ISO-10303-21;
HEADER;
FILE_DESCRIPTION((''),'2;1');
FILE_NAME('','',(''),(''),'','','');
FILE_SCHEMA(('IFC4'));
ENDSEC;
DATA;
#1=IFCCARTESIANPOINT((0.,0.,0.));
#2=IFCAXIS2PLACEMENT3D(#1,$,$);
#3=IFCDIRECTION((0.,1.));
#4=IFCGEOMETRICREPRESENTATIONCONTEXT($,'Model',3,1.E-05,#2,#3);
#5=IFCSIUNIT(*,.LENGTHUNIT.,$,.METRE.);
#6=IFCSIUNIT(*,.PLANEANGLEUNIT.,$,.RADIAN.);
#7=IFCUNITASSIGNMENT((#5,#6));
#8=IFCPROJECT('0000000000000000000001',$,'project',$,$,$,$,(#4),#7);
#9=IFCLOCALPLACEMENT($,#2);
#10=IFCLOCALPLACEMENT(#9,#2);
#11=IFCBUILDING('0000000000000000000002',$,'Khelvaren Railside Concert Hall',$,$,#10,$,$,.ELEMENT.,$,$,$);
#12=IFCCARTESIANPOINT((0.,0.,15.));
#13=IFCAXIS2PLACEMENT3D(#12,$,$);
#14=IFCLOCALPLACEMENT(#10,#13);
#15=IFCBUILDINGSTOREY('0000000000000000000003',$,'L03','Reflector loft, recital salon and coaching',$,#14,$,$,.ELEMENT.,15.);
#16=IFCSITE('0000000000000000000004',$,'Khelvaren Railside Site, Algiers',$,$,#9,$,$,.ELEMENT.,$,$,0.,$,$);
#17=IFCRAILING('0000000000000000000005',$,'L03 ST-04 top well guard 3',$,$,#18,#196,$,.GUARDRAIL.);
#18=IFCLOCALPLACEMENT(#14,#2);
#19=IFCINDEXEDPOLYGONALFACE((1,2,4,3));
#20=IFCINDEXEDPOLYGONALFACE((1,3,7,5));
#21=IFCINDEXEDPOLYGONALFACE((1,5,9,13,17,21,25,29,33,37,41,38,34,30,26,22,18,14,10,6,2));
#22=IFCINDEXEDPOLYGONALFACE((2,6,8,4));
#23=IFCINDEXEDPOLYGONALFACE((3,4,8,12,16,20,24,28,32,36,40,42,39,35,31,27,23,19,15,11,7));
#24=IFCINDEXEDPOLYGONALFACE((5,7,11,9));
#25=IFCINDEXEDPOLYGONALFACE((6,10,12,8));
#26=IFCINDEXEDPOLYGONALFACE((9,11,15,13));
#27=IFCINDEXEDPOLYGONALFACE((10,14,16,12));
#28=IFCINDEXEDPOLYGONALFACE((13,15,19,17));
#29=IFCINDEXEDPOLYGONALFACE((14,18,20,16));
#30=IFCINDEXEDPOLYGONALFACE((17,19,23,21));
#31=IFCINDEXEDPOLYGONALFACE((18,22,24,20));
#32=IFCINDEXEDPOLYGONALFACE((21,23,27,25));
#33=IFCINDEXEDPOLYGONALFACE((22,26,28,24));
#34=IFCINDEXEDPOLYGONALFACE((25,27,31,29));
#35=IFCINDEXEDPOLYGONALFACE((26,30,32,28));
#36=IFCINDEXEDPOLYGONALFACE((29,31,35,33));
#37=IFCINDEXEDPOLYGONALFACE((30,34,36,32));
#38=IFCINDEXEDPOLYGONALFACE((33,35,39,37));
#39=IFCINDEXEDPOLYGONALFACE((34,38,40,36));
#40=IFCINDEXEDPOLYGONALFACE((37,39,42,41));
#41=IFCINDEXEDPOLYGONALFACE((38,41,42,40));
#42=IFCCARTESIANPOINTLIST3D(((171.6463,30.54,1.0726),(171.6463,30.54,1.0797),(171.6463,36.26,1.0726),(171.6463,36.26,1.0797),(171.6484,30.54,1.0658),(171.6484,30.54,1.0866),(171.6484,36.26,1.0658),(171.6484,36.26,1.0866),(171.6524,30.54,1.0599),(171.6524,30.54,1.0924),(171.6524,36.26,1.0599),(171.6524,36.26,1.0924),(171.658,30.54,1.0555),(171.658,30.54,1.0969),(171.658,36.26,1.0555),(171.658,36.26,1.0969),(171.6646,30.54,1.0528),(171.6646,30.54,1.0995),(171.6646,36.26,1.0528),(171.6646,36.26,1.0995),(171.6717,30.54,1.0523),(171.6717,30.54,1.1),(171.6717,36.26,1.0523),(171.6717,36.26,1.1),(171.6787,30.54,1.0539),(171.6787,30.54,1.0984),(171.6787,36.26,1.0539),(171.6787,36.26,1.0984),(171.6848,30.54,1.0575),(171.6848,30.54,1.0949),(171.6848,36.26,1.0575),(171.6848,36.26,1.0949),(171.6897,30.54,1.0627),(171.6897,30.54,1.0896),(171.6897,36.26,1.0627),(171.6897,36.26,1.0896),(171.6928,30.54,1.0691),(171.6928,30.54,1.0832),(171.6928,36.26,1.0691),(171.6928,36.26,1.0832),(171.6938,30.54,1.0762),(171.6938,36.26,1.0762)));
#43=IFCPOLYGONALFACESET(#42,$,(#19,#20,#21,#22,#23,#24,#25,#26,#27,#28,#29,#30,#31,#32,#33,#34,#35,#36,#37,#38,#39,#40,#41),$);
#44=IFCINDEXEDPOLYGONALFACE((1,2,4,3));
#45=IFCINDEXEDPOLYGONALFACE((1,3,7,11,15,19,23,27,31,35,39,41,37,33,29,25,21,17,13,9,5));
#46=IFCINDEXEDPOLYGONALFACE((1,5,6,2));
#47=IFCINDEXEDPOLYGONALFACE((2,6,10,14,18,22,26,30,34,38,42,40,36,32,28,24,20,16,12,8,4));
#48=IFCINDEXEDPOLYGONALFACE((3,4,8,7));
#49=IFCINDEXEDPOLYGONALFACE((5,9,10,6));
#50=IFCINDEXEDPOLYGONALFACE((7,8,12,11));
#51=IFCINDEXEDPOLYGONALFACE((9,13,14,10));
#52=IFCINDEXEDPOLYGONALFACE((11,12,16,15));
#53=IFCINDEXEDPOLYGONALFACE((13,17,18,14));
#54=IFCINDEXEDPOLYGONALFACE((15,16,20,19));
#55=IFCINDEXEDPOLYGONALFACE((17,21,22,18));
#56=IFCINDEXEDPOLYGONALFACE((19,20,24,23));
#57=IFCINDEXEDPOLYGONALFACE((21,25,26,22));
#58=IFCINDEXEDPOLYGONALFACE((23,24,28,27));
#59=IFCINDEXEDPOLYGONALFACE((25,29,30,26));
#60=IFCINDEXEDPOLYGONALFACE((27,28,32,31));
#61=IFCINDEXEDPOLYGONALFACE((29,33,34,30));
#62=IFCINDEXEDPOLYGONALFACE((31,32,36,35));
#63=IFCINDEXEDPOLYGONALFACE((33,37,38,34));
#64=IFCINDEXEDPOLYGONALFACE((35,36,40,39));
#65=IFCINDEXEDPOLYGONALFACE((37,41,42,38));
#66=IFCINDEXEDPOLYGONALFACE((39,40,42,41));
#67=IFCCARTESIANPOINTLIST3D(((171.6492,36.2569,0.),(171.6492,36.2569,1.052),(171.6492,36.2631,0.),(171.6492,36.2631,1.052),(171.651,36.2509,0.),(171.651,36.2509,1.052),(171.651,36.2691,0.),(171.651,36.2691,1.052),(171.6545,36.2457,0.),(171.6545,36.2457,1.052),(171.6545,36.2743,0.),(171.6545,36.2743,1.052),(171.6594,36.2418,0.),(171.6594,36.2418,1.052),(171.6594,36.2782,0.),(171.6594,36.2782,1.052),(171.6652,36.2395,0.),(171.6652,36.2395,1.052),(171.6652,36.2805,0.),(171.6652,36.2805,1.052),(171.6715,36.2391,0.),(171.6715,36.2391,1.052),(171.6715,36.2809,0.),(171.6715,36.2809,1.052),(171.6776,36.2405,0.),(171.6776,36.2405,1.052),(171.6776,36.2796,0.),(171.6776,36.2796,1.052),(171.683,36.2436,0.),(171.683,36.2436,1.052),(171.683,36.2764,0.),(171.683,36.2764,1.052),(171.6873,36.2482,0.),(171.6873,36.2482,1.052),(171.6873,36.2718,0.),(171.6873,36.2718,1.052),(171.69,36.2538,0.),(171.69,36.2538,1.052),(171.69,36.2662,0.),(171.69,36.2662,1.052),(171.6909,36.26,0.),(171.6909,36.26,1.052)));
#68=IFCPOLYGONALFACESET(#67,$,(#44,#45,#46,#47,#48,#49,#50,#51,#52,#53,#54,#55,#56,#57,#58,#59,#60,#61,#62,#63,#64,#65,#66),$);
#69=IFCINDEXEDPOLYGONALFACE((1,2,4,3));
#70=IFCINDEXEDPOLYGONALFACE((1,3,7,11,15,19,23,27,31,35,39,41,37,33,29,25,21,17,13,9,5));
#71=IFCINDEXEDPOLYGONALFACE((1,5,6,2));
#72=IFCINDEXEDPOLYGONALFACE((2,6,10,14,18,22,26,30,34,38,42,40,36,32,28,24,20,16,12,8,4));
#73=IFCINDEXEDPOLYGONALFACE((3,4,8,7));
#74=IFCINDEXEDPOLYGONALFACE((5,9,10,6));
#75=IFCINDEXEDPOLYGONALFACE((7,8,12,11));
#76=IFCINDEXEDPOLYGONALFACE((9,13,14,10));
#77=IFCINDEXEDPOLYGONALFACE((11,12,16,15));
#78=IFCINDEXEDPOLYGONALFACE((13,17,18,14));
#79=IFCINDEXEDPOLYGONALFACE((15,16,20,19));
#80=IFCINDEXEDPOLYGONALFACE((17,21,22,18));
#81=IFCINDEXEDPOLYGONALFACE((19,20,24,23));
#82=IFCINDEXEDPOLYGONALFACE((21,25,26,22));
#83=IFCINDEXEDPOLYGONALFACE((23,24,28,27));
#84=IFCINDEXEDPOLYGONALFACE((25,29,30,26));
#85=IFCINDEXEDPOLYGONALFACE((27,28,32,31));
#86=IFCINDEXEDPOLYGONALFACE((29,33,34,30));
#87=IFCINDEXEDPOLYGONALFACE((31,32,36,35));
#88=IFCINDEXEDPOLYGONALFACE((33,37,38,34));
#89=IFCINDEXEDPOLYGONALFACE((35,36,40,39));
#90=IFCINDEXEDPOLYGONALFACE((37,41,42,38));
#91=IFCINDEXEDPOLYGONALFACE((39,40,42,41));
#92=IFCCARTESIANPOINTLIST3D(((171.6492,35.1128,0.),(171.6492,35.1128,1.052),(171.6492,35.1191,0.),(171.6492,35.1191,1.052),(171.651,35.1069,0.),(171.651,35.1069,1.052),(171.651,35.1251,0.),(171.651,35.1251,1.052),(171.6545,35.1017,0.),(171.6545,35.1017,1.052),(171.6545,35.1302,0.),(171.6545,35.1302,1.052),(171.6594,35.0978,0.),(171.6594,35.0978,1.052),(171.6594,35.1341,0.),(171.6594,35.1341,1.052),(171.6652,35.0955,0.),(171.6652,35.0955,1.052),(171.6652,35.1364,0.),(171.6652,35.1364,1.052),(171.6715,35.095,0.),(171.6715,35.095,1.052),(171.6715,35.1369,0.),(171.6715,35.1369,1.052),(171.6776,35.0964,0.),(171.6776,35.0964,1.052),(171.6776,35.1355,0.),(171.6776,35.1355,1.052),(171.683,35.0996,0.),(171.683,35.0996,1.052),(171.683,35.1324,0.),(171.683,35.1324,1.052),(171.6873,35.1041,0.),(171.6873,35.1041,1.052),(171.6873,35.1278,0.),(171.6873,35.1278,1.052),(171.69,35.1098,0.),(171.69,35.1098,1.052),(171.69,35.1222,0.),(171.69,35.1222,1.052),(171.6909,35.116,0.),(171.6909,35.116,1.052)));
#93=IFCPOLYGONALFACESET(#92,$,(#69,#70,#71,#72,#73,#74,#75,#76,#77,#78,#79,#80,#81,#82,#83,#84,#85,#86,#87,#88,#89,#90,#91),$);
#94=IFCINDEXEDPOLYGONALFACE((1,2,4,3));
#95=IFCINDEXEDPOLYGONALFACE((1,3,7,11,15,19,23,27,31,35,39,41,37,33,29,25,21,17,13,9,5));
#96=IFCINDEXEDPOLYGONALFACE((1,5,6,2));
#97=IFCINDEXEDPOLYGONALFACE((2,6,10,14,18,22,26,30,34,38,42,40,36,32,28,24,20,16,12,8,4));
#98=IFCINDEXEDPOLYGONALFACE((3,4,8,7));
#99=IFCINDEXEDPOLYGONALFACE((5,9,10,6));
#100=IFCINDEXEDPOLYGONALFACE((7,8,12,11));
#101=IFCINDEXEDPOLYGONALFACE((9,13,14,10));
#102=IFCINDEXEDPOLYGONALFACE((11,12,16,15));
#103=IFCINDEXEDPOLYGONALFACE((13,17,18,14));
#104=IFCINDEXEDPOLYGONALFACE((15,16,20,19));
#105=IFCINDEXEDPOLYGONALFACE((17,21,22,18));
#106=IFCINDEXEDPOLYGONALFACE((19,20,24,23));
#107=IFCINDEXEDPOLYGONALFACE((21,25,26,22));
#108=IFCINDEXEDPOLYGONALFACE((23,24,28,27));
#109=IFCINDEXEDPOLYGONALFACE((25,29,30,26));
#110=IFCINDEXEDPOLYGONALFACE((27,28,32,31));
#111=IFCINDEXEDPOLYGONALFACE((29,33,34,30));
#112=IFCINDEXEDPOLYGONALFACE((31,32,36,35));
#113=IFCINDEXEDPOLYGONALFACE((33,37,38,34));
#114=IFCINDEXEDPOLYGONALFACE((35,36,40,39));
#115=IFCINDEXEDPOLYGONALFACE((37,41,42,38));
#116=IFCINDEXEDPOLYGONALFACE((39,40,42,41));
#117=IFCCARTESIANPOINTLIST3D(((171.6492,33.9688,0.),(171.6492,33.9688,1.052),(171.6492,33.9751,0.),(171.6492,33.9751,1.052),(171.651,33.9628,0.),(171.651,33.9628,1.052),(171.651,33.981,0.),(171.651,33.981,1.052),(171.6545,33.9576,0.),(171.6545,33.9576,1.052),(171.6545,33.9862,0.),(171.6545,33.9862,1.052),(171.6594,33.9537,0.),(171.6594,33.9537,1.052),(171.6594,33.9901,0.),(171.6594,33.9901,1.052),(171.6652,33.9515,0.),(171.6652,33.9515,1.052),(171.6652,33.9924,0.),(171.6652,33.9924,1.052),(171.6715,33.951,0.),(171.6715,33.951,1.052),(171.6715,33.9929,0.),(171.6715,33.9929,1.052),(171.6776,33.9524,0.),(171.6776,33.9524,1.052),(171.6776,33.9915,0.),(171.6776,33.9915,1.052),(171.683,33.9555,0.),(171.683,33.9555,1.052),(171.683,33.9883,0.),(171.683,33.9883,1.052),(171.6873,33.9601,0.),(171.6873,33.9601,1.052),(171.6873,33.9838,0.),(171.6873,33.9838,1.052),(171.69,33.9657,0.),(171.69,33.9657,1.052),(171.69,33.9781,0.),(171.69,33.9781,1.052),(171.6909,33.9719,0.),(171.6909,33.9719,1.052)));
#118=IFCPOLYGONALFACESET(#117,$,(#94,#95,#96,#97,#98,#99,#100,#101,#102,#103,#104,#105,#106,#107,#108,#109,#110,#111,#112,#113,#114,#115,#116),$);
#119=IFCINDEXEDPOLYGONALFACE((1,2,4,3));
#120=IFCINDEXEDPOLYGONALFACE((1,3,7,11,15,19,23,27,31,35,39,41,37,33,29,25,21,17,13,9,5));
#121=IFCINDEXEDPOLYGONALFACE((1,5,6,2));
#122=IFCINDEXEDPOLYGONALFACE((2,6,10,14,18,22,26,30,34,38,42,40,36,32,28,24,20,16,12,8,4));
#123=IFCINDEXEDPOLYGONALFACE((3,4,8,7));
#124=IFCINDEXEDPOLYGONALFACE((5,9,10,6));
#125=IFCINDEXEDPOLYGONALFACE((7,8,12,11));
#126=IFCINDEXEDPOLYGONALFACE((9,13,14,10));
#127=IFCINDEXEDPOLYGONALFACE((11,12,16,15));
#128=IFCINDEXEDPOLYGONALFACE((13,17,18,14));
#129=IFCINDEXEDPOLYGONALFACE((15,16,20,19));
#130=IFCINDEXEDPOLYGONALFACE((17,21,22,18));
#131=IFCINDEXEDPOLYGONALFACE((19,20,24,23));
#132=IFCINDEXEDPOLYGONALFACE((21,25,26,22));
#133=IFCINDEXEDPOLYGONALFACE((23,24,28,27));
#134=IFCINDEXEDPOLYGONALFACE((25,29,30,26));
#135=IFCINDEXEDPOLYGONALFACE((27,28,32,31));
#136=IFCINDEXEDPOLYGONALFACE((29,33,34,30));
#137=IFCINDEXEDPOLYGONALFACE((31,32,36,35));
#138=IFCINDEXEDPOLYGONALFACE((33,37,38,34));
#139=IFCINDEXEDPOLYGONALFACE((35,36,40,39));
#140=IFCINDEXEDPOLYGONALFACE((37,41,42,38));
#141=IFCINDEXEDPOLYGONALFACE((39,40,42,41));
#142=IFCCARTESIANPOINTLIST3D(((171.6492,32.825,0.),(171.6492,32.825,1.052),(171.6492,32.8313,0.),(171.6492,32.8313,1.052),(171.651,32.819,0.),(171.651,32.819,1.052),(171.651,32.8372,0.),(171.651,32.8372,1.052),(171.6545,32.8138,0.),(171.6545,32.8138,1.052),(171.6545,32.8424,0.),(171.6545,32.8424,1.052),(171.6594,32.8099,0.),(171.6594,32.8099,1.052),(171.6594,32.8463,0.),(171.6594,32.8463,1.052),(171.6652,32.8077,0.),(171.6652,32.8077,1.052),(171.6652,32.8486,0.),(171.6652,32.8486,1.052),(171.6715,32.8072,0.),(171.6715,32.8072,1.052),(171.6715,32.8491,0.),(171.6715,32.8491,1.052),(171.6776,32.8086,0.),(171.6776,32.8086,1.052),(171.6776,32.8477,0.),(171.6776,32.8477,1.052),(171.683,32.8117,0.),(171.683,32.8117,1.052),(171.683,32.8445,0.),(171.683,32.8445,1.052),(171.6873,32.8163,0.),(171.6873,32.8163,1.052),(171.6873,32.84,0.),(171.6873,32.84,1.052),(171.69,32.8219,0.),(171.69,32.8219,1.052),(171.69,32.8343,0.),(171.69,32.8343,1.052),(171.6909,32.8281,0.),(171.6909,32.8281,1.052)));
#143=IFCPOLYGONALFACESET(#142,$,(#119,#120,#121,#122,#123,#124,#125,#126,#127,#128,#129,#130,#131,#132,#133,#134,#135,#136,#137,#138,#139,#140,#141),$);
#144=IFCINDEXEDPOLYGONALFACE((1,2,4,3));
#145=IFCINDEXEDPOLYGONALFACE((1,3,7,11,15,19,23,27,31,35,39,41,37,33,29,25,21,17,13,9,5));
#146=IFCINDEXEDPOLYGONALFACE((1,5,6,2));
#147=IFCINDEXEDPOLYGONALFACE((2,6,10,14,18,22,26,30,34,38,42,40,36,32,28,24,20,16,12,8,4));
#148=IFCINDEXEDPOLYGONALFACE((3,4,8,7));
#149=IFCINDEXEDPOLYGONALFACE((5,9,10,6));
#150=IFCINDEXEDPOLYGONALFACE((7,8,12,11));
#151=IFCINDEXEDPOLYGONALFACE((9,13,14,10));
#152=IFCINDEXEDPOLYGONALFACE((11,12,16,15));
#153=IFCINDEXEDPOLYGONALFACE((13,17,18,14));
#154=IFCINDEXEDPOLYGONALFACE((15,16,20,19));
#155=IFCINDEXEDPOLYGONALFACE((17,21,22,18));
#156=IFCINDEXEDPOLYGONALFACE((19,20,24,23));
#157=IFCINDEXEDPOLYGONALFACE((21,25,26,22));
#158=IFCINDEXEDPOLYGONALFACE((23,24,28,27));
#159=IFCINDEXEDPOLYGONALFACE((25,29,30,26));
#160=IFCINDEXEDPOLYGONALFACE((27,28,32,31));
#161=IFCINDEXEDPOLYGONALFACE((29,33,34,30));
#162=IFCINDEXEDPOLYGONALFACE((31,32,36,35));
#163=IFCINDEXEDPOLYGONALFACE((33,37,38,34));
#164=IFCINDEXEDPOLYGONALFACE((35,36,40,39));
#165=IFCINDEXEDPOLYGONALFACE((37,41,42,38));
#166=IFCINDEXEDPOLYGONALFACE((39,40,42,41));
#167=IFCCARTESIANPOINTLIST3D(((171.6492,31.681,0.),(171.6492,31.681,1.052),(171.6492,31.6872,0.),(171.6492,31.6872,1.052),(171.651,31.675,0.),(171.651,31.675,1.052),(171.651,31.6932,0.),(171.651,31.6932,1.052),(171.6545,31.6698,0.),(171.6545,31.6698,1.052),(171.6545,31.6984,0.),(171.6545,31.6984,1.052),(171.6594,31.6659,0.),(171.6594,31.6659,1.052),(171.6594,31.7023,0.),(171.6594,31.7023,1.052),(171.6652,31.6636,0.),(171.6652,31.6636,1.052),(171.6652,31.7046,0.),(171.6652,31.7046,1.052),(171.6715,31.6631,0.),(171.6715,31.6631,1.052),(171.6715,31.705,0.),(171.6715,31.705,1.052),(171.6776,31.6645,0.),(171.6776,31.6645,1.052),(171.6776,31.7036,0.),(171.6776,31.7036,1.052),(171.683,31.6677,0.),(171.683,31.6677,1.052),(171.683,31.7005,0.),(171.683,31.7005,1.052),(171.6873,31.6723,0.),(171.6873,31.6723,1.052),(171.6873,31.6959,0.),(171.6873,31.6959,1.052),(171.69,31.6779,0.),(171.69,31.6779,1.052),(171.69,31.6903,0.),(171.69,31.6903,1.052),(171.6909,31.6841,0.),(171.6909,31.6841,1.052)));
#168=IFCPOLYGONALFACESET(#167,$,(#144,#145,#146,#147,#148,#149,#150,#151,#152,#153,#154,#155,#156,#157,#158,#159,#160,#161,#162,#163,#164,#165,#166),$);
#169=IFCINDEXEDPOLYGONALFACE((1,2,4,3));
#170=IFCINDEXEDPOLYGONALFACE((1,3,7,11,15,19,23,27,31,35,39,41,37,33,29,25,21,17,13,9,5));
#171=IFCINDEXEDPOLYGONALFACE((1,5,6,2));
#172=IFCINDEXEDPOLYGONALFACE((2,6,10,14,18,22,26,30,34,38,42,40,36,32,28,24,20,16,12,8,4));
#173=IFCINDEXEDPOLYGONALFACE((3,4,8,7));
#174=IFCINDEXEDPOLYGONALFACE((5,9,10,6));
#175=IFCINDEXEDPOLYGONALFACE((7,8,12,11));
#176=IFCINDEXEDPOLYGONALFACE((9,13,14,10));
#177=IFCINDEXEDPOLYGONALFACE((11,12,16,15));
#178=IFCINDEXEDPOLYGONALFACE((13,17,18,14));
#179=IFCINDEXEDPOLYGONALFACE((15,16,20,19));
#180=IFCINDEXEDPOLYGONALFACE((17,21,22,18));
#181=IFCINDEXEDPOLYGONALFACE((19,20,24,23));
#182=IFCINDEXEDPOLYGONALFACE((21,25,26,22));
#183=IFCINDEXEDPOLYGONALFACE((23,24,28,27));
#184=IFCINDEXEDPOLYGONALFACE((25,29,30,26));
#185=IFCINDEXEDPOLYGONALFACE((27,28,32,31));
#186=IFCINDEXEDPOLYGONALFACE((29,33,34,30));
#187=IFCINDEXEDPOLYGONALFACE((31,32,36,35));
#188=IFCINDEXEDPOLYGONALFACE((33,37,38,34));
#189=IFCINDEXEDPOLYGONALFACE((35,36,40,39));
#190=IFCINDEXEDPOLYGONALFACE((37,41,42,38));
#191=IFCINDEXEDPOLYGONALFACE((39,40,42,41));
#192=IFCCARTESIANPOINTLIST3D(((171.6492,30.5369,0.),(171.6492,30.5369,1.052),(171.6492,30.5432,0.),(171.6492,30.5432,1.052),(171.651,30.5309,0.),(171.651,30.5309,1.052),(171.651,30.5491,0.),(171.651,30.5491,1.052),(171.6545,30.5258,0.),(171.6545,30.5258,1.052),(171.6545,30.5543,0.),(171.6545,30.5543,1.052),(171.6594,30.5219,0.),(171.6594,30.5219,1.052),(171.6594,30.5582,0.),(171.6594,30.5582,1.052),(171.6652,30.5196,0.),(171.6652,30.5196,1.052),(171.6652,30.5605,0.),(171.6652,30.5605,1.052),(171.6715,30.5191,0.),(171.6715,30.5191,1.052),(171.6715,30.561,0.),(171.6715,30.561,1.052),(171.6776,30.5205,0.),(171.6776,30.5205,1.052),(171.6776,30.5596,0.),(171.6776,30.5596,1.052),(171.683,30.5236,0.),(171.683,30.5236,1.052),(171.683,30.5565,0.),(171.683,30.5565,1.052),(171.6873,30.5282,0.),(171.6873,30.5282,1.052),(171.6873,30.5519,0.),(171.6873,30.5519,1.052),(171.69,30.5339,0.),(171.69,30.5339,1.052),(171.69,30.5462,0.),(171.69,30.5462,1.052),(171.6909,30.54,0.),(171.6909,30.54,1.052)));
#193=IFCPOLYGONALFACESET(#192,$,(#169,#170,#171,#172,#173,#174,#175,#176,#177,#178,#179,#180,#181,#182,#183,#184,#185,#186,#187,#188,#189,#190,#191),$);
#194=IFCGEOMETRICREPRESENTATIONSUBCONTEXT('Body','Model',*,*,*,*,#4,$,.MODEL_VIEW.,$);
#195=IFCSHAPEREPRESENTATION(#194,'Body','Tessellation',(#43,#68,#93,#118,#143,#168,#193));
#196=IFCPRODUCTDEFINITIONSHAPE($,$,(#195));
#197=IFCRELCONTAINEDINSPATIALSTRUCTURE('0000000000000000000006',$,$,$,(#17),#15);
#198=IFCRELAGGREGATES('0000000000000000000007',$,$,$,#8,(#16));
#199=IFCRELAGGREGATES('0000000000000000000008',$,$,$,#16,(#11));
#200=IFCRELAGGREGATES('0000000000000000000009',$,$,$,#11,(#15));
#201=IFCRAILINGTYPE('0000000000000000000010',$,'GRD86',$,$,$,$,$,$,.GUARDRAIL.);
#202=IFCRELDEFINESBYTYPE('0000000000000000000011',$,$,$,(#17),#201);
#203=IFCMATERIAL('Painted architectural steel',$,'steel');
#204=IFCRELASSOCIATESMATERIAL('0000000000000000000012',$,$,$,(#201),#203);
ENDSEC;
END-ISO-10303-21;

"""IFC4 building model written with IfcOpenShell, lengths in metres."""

from ifc_helpers import new_model, si_unit, direction, frame, origin, origin_2d, place, context, subcontext, project, spatial, circle, extrude, material, type_object, element, save


model = new_model("IFC4")

# Units and contexts
model_context = context("Model", 3, precision=1e-05, world=origin(), true_north=direction((0.0, 1.0)))
body_context = subcontext(model_context, "Body", "Model", "MODEL_VIEW")
ifc_project = project(units=[si_unit("LENGTHUNIT", "METRE"), si_unit("PLANEANGLEUNIT", "RADIAN")], contexts=[model_context])

# Site, building, storey
site_placement = place(None, origin())
site = spatial("IfcSite", under=ifc_project, at=site_placement, Name="Khelvaren Railside Site, Algiers", CompositionType="ELEMENT", RefElevation=0.0)
building_placement = place(site_placement, origin())
building = spatial("IfcBuilding", under=site, at=building_placement, Name="Khelvaren Railside Concert Hall", CompositionType="ELEMENT")
storey_placement = place(building_placement, frame((0.0, 0.0, 15.0)))
storey = spatial("IfcBuildingStorey", under=building, at=storey_placement, Name="L03", Description="Reflector loft, recital salon and coaching", CompositionType="ELEMENT", Elevation=15.0)

# Railing
ifc_material_1 = material(Name="Painted architectural steel", Category="steel")
railing_type = type_object("IfcRailingType", Name="GRD86", PredefinedType="GUARDRAIL", material=ifc_material_1)
for number, where, name in (
    (1, (171.6699, 36.26, 0.0), "L03 ST-04 top well guard 3"),
):
    element("IfcRailing", number, at=place(storey_placement, frame(where)), inside=storey, type_object=railing_type, Name=name, PredefinedType="GUARDRAIL", context=body_context, shape_type="SweptSolid", body=[
        extrude(circle(Radius=0.0239, at=origin_2d()), frame((0.0, 0.0, 1.0762), z_axis=(0.0, -1.0, 0.0), x_axis=(1.0, 0.0, 0.0)), (0.0, 0.0, 1.0), 5.72),
        extrude(circle(Radius=0.021, at=origin_2d()), origin(), (0.0, 0.0, 1.0), 1.052),
        extrude(circle(Radius=0.021, at=origin_2d()), frame((0.0, -1.144, 0.0)), (0.0, 0.0, 1.0), 1.052),
        extrude(circle(Radius=0.021, at=origin_2d()), frame((0.0, -2.2881, 0.0)), (0.0, 0.0, 1.0), 1.052),
        extrude(circle(Radius=0.021, at=origin_2d()), frame((0.0, -3.4319, 0.0)), (0.0, 0.0, 1.0), 1.052),
        extrude(circle(Radius=0.021, at=origin_2d()), frame((0.0, -4.5759, 0.0)), (0.0, 0.0, 1.0), 1.052),
        extrude(circle(Radius=0.021, at=origin_2d()), frame((0.0, -5.72, 0.0)), (0.0, 0.0, 1.0), 1.052),
    ])

save(model, "model.ifc")
